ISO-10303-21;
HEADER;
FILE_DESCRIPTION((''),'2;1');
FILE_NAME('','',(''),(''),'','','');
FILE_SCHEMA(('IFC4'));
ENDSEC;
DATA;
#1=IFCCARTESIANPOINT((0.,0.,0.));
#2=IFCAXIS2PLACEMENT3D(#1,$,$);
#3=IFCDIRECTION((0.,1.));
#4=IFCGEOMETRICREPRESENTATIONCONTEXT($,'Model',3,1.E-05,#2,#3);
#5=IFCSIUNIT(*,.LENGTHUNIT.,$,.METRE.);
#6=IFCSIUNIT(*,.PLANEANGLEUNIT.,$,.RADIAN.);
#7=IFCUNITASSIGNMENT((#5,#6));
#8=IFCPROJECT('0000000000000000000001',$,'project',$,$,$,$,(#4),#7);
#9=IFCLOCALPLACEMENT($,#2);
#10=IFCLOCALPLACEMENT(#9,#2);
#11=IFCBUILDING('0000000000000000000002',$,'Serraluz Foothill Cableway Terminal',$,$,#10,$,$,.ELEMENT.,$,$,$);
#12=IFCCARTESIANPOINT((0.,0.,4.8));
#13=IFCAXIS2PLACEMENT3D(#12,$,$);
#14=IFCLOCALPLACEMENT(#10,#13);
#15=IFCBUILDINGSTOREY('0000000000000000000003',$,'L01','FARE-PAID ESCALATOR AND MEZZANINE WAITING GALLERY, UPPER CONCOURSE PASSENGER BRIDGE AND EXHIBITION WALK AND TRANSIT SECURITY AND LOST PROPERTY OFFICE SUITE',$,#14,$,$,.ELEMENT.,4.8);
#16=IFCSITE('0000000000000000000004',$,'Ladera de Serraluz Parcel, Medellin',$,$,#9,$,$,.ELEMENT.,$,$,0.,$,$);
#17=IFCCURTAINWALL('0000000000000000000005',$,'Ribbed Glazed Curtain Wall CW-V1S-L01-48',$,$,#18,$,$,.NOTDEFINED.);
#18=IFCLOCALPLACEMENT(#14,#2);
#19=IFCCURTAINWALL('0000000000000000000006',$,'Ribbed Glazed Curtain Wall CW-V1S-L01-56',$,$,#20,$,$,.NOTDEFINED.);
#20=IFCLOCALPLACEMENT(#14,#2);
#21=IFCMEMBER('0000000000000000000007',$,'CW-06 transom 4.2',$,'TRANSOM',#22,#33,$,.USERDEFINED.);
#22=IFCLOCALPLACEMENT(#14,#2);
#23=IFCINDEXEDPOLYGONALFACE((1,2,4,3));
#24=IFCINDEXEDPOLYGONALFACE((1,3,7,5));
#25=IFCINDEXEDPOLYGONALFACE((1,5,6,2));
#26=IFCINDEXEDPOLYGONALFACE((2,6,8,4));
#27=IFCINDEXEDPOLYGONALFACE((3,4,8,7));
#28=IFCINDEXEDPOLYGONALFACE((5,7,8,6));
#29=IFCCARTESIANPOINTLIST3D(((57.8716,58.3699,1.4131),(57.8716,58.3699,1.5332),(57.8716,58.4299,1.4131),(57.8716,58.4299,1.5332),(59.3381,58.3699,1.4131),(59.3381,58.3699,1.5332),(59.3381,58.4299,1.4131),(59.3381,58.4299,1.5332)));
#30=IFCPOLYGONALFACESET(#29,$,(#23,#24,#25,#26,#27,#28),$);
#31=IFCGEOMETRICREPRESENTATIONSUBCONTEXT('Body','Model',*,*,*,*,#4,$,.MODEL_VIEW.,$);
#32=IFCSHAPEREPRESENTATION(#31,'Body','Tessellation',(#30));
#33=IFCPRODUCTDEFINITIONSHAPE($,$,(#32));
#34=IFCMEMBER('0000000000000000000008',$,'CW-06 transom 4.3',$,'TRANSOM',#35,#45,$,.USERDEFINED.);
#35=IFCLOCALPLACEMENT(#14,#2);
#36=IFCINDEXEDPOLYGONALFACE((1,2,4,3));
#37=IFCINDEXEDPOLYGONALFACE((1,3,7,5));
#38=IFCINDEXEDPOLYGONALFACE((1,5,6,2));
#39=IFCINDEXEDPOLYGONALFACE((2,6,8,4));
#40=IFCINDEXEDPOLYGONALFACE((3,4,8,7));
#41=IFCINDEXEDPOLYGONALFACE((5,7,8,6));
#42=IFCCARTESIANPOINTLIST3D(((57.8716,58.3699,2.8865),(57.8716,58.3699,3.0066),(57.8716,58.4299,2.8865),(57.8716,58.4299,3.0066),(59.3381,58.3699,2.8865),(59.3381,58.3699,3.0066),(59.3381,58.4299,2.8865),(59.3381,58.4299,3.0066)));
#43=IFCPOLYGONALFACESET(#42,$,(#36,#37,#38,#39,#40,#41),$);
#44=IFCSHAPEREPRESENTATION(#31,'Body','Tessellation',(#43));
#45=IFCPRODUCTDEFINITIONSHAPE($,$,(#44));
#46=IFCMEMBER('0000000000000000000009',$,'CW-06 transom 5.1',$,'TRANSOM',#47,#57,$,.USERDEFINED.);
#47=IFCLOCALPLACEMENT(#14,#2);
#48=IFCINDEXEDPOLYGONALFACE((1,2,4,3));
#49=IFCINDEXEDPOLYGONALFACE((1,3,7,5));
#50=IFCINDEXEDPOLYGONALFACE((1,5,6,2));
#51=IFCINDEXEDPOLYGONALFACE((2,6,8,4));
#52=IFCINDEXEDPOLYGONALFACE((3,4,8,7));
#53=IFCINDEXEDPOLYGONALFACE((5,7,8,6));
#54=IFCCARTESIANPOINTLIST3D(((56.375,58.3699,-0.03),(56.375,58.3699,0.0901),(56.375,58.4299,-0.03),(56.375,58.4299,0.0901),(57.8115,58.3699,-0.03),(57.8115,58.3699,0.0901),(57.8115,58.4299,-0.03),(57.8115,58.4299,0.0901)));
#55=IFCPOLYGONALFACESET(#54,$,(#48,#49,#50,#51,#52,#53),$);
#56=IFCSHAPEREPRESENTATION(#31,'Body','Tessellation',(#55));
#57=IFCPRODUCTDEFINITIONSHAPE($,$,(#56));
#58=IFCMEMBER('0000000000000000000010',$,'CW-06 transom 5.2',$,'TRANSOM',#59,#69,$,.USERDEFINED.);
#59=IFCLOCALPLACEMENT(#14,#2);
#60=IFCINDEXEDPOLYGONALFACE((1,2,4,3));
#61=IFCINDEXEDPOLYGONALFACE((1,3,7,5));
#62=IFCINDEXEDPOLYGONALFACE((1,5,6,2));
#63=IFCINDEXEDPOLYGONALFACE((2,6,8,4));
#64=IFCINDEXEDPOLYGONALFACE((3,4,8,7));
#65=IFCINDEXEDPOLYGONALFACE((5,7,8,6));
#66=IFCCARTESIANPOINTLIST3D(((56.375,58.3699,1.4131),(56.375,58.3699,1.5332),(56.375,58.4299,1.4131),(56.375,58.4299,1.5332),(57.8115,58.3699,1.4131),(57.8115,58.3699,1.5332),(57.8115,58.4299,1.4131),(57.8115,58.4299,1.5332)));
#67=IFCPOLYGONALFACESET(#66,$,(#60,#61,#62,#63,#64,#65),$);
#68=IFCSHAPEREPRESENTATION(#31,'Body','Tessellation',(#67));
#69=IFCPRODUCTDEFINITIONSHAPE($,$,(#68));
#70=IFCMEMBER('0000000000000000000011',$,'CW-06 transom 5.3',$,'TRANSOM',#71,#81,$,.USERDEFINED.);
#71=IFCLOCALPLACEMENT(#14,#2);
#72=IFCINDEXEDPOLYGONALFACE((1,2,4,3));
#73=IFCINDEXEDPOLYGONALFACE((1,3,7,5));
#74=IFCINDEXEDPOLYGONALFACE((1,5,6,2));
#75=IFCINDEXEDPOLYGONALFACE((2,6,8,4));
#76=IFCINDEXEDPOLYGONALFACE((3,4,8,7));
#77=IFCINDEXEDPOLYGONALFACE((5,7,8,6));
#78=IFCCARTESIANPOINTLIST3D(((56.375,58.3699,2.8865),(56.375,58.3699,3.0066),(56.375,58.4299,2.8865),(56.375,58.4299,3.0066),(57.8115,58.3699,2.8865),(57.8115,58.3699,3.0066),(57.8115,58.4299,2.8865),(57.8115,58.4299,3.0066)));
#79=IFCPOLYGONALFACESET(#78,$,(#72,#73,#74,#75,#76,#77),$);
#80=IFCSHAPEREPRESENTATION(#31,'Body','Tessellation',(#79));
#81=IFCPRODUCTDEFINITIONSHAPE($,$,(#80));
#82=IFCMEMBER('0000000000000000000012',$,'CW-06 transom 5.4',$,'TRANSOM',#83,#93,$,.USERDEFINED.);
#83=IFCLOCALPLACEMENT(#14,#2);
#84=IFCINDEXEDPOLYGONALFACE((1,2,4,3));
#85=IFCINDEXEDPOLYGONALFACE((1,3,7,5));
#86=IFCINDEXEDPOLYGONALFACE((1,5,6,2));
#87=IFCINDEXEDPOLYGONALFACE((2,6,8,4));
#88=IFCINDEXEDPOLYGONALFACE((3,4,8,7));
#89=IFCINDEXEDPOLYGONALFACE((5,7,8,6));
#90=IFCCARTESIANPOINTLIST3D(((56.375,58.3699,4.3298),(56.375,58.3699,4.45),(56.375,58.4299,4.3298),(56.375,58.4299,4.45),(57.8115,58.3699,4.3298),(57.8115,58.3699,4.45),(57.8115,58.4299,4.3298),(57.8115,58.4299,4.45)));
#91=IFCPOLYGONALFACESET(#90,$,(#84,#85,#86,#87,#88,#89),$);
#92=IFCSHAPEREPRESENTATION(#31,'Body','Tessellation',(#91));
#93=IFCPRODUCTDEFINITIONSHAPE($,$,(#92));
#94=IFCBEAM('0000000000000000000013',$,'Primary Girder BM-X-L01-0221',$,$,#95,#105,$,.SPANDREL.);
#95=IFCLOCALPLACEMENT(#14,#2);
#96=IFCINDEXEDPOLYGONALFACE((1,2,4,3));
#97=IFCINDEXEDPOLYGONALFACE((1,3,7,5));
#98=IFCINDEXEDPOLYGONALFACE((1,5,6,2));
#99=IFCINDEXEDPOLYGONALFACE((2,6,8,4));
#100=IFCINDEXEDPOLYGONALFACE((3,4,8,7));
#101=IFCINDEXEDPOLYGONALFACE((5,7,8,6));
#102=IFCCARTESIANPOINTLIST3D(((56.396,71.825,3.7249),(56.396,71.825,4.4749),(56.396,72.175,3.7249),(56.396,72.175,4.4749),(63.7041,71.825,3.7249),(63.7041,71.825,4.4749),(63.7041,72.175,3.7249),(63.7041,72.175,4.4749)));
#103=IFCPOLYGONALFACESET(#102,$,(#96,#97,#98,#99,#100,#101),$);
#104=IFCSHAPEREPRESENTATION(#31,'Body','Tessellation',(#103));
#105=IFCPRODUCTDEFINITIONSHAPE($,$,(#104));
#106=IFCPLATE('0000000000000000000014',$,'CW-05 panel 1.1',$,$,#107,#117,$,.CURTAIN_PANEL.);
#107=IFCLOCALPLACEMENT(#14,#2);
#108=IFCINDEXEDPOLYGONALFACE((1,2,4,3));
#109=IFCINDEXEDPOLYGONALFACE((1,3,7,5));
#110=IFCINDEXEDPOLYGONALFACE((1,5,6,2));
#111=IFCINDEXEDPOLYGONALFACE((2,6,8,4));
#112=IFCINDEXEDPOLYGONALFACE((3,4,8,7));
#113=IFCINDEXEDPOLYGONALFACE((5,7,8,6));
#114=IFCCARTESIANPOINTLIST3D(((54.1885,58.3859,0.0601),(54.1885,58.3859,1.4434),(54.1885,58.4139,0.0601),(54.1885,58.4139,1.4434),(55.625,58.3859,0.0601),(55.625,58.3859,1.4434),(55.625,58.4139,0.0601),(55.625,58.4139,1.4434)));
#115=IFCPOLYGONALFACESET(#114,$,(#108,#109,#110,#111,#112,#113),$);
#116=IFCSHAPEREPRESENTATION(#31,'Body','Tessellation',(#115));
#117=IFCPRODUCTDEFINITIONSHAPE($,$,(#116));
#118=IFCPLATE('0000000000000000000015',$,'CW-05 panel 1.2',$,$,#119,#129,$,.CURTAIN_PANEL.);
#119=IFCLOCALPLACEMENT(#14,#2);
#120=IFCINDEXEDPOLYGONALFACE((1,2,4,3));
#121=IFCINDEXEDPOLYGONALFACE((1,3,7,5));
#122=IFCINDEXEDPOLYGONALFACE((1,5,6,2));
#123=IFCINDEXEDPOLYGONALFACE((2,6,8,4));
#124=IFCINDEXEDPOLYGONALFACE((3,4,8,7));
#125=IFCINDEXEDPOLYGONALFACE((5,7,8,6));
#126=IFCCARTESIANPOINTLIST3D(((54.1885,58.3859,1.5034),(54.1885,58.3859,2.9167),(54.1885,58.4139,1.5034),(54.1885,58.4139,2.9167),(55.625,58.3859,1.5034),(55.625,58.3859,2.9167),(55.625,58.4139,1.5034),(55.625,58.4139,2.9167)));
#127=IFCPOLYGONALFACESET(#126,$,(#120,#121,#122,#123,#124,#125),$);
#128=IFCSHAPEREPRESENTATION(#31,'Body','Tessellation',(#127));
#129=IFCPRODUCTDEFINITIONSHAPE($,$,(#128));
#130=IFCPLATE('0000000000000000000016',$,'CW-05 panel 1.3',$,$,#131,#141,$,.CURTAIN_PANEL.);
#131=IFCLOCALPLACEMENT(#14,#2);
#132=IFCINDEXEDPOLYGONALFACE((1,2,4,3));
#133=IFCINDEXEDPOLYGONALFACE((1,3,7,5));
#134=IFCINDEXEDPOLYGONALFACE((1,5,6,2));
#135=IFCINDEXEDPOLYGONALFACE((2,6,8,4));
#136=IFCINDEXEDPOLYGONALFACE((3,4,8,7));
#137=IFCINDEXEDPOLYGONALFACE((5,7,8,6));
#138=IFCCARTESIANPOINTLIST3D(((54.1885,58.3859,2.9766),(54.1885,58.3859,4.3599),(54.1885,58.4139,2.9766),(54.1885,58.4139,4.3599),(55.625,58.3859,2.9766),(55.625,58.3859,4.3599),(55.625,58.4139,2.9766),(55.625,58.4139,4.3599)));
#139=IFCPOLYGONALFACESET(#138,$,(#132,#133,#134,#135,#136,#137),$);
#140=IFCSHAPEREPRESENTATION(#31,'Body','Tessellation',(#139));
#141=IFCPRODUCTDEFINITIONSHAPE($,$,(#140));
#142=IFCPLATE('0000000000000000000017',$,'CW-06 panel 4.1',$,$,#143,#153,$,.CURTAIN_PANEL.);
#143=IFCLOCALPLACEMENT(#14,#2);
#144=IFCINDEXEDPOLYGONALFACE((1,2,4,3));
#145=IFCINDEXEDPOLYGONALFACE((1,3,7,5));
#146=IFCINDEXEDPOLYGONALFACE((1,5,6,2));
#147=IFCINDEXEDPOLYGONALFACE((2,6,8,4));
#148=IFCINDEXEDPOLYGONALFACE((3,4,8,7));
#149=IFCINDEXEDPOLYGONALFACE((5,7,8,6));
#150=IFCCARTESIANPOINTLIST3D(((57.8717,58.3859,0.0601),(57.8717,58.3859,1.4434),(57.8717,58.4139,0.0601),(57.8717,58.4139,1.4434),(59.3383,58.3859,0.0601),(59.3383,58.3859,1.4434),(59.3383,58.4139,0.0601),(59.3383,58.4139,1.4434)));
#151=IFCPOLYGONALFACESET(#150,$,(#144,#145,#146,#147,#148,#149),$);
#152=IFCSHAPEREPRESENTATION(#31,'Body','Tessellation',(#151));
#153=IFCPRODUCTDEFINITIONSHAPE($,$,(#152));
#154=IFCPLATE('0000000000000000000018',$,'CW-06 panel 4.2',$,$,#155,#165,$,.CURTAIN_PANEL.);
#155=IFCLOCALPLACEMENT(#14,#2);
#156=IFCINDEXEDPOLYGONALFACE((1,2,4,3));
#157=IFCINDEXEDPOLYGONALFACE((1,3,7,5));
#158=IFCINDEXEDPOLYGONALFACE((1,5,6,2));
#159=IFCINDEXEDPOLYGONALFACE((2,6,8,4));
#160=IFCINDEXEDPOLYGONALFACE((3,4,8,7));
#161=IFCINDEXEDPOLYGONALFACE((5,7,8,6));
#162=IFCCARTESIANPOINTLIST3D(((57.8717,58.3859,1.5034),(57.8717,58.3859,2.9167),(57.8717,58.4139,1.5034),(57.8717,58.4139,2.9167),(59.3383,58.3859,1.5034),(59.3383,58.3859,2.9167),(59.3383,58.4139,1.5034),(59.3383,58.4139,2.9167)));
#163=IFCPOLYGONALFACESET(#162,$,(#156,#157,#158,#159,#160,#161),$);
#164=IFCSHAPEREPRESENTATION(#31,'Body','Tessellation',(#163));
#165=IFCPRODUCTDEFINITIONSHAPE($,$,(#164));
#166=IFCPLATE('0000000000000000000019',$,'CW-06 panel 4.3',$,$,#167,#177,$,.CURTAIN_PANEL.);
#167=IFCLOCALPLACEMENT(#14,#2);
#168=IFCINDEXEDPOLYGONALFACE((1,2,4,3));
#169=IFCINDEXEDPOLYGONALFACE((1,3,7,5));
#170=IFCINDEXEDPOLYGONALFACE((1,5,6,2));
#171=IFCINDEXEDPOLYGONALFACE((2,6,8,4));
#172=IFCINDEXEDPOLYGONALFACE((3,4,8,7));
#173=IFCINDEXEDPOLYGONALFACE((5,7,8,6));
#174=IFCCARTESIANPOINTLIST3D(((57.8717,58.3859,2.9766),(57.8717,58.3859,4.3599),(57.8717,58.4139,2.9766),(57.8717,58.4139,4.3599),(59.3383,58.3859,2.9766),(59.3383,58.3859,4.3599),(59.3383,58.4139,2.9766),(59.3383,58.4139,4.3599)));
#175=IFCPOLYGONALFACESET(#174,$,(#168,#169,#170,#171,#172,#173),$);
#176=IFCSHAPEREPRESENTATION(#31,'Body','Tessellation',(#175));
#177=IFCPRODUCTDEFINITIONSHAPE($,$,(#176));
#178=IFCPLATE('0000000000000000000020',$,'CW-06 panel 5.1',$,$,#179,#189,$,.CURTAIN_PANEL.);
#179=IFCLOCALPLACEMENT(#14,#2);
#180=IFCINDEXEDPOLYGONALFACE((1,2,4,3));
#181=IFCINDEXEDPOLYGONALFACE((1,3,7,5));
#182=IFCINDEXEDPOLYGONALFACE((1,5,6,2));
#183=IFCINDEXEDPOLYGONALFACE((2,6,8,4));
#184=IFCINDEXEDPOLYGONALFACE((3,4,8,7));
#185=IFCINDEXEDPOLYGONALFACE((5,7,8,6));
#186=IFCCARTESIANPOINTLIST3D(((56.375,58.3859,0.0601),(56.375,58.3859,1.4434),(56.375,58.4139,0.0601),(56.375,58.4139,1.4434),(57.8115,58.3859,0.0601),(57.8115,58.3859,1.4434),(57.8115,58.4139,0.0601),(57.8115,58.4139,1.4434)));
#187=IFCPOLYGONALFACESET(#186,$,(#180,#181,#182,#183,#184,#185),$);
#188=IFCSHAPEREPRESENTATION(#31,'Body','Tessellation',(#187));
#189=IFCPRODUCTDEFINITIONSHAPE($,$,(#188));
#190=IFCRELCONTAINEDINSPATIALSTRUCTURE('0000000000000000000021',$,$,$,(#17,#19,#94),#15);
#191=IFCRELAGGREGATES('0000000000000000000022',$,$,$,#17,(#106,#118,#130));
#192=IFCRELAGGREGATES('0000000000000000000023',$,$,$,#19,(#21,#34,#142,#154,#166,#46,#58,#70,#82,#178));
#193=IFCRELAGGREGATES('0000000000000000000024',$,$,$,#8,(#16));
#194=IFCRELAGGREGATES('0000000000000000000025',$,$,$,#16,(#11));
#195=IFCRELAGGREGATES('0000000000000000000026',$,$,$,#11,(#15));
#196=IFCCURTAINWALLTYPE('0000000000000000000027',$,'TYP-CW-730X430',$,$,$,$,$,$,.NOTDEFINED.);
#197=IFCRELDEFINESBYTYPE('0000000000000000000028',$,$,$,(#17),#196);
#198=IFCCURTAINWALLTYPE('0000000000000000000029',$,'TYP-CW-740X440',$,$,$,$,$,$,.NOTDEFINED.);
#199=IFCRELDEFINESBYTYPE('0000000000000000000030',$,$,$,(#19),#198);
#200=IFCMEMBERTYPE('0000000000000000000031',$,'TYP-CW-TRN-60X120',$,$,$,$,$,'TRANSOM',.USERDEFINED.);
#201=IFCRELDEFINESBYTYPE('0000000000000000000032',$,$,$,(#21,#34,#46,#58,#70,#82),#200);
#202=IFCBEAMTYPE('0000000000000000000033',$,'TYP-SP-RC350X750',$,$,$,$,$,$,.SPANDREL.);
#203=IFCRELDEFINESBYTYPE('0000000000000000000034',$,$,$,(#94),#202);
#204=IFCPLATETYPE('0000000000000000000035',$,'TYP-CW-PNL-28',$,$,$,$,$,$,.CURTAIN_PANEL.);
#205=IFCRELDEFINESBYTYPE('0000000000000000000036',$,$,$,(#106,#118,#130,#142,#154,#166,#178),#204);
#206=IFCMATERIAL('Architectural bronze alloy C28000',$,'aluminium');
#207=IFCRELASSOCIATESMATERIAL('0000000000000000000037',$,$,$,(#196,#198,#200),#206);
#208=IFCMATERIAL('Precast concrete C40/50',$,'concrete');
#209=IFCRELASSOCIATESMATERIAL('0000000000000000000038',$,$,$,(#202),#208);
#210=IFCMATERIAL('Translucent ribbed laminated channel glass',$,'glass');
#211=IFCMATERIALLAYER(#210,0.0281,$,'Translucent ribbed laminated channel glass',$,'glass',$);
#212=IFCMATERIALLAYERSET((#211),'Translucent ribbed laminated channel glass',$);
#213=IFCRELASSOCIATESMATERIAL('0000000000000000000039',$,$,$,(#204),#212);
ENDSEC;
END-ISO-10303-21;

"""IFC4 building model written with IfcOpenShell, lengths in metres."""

from ifc_helpers import new_model, si_unit, direction, frame, origin, origin_2d, place, context, subcontext, project, spatial, rectangle, extrude, material, layer, layer_set, material_profile, profile_set, type_object, element, aggregate, save


model = new_model("IFC4")

# Units and contexts
model_context = context("Model", 3, precision=1e-05, world=origin(), true_north=direction((0.0, 1.0)))
body_context = subcontext(model_context, "Body", "Model", "MODEL_VIEW")
ifc_project = project(units=[si_unit("LENGTHUNIT", "METRE"), si_unit("PLANEANGLEUNIT", "RADIAN")], contexts=[model_context])

# Site, building, storey
site_placement = place(None, origin())
site = spatial("IfcSite", under=ifc_project, at=site_placement, Name="Ladera de Serraluz Parcel, Medellin", CompositionType="ELEMENT", RefElevation=0.0)
building_placement = place(site_placement, origin())
building = spatial("IfcBuilding", under=site, at=building_placement, Name="Serraluz Foothill Cableway Terminal", CompositionType="ELEMENT")
storey_placement = place(building_placement, frame((0.0, 0.0, 4.8)))
storey = spatial("IfcBuildingStorey", under=building, at=storey_placement, Name="L01", Description="FARE-PAID ESCALATOR AND MEZZANINE WAITING GALLERY, UPPER CONCOURSE PASSENGER BRIDGE AND EXHIBITION WALK AND TRANSIT SECURITY AND LOST PROPERTY OFFICE SUITE", CompositionType="ELEMENT", Elevation=4.8)

# Curtain walls
ifc_material_1 = material(Name="Architectural bronze alloy C28000", Category="aluminium")
curtain_wall_type_1 = type_object("IfcCurtainWallType", Name="TYP-CW-730X430", PredefinedType="NOTDEFINED", material=ifc_material_1)
curtain_wall_1_placement = place(storey_placement, origin())
curtain_wall_1 = element("IfcCurtainWall", 1, at=curtain_wall_1_placement, inside=storey, type_object=curtain_wall_type_1, Name="Ribbed Glazed Curtain Wall CW-V1S-L01-48", PredefinedType="NOTDEFINED")
curtain_wall_type_2 = type_object("IfcCurtainWallType", Name="TYP-CW-740X440", PredefinedType="NOTDEFINED", material=ifc_material_1)
curtain_wall_2_placement = place(storey_placement, origin())
curtain_wall_2 = element("IfcCurtainWall", 2, at=curtain_wall_2_placement, inside=storey, type_object=curtain_wall_type_2, Name="Ribbed Glazed Curtain Wall CW-V1S-L01-56", PredefinedType="NOTDEFINED")

# Members
ifc_material_profile_1 = material_profile(ifc_material_1, rectangle(XDim=0.0601, YDim=0.1201, at=origin_2d()), Name="ALU TRANSOM 60x120")
ifc_profile_set_1 = profile_set([ifc_material_profile_1], Name="Architectural bronze alloy C28000")
member_type_1 = type_object("IfcMemberType", Name="TYP-CW-TRN-60X120", ElementType="TRANSOM", PredefinedType="USERDEFINED", material=ifc_profile_set_1)
member_1_placement = place(storey_placement, frame((59.3381, 58.3999, 1.4731), z_axis=(-1.0, 0.0, 0.0), x_axis=(0.0, -1.0, 0.0)))
member_1 = element("IfcMember", 3, at=member_1_placement, type_object=member_type_1, Name="CW-06 transom 4.2", ObjectType="TRANSOM", PredefinedType="USERDEFINED", context=body_context, shape_type="SweptSolid", body=[
    extrude(rectangle(XDim=0.0601, YDim=0.1201, at=origin_2d()), origin(), (0.0, 0.0, 1.0), 1.4666),
])
member_2_placement = place(storey_placement, frame((59.3381, 58.3999, 2.9465), z_axis=(-1.0, 0.0, 0.0), x_axis=(0.0, -1.0, 0.0)))
member_2 = element("IfcMember", 4, at=member_2_placement, type_object=member_type_1, Name="CW-06 transom 4.3", ObjectType="TRANSOM", PredefinedType="USERDEFINED", context=body_context, shape_type="SweptSolid", body=[
    extrude(rectangle(XDim=0.0601, YDim=0.1201, at=origin_2d()), origin(), (0.0, 0.0, 1.0), 1.4666),
])
member_3_placement = place(storey_placement, frame((57.8115, 58.3999, 0.03), z_axis=(-1.0, 0.0, 0.0), x_axis=(0.0, -1.0, 0.0)))
member_3 = element("IfcMember", 5, at=member_3_placement, type_object=member_type_1, Name="CW-06 transom 5.1", ObjectType="TRANSOM", PredefinedType="USERDEFINED", context=body_context, shape_type="SweptSolid", body=[
    extrude(rectangle(XDim=0.0601, YDim=0.1201, at=origin_2d()), origin(), (0.0, 0.0, 1.0), 1.4365),
])
member_4_placement = place(storey_placement, frame((57.8115, 58.3999, 1.4731), z_axis=(-1.0, 0.0, 0.0), x_axis=(0.0, -1.0, 0.0)))
member_4 = element("IfcMember", 6, at=member_4_placement, type_object=member_type_1, Name="CW-06 transom 5.2", ObjectType="TRANSOM", PredefinedType="USERDEFINED", context=body_context, shape_type="SweptSolid", body=[
    extrude(rectangle(XDim=0.0601, YDim=0.1201, at=origin_2d()), origin(), (0.0, 0.0, 1.0), 1.4365),
])
member_5_placement = place(storey_placement, frame((57.8115, 58.3999, 2.9465), z_axis=(-1.0, 0.0, 0.0), x_axis=(0.0, -1.0, 0.0)))
member_5 = element("IfcMember", 7, at=member_5_placement, type_object=member_type_1, Name="CW-06 transom 5.3", ObjectType="TRANSOM", PredefinedType="USERDEFINED", context=body_context, shape_type="SweptSolid", body=[
    extrude(rectangle(XDim=0.0601, YDim=0.1201, at=origin_2d()), origin(), (0.0, 0.0, 1.0), 1.4365),
])
member_6_placement = place(storey_placement, frame((57.8115, 58.3999, 4.3899), z_axis=(-1.0, 0.0, 0.0), x_axis=(0.0, -1.0, 0.0)))
member_6 = element("IfcMember", 8, at=member_6_placement, type_object=member_type_1, Name="CW-06 transom 5.4", ObjectType="TRANSOM", PredefinedType="USERDEFINED", context=body_context, shape_type="SweptSolid", body=[
    extrude(rectangle(XDim=0.0601, YDim=0.1201, at=origin_2d()), origin(), (0.0, 0.0, 1.0), 1.4365),
])

# Beam
ifc_material_2 = material(Name="Precast concrete C40/50", Category="concrete")
ifc_material_profile_2 = material_profile(ifc_material_2, rectangle(XDim=0.3501, YDim=0.75, at=origin_2d()), Name="RC SP 350x750")
ifc_profile_set_2 = profile_set([ifc_material_profile_2], Name="Precast concrete C40/50")
beam_type = type_object("IfcBeamType", Name="TYP-SP-RC350X750", PredefinedType="SPANDREL", material=ifc_profile_set_2)
beam_placement = place(storey_placement, frame((56.396, 72.0, 4.0999), z_axis=(1.0, 0.0, 0.0), x_axis=(0.0, 1.0, 0.0)))
element("IfcBeam", 9, at=beam_placement, inside=storey, type_object=beam_type, Name="Primary Girder BM-X-L01-0221", PredefinedType="SPANDREL", context=body_context, shape_type="SweptSolid", body=[
    extrude(rectangle(XDim=0.3501, YDim=0.75, at=origin_2d()), origin(), (0.0, 0.0, 1.0), 7.3081),
])

# Plates
ifc_material_3 = material(Name="Translucent ribbed laminated channel glass", Category="glass")
ifc_layer_1 = layer(ifc_material_3, 0.0281, Name="Translucent ribbed laminated channel glass", Category="glass")
ifc_layer_set_1 = layer_set([ifc_layer_1], Name="Translucent ribbed laminated channel glass")
plate_type = type_object("IfcPlateType", Name="TYP-CW-PNL-28", PredefinedType="CURTAIN_PANEL", material=ifc_layer_set_1)
plate_1_placement = place(storey_placement, frame((54.9067, 58.3999, 0.0601), z_axis=(0.0, 0.0, 1.0), x_axis=(-1.0, 0.0, 0.0)))
plate_1 = element("IfcPlate", 10, at=plate_1_placement, type_object=plate_type, Name="CW-05 panel 1.1", PredefinedType="CURTAIN_PANEL", context=body_context, shape_type="SweptSolid", body=[
    extrude(rectangle(XDim=1.4365, YDim=0.0281, at=origin_2d()), origin(), (0.0, 0.0, 1.0), 1.3833),
])
plate_2_placement = place(storey_placement, frame((54.9067, 58.3999, 1.5034), z_axis=(0.0, 0.0, 1.0), x_axis=(-1.0, 0.0, 0.0)))
plate_2 = element("IfcPlate", 11, at=plate_2_placement, type_object=plate_type, Name="CW-05 panel 1.2", PredefinedType="CURTAIN_PANEL", context=body_context, shape_type="SweptSolid", body=[
    extrude(rectangle(XDim=1.4365, YDim=0.0281, at=origin_2d()), origin(), (0.0, 0.0, 1.0), 1.4133),
])
plate_3_placement = place(storey_placement, frame((54.9067, 58.3999, 2.9766), z_axis=(0.0, 0.0, 1.0), x_axis=(-1.0, 0.0, 0.0)))
plate_3 = element("IfcPlate", 12, at=plate_3_placement, type_object=plate_type, Name="CW-05 panel 1.3", PredefinedType="CURTAIN_PANEL", context=body_context, shape_type="SweptSolid", body=[
    extrude(rectangle(XDim=1.4365, YDim=0.0281, at=origin_2d()), origin(), (0.0, 0.0, 1.0), 1.3833),
])
aggregate(curtain_wall_1, [plate_1, plate_2, plate_3])
plate_4_placement = place(storey_placement, frame((58.605, 58.3999, 0.0601), z_axis=(0.0, 0.0, 1.0), x_axis=(-1.0, 0.0, 0.0)))
plate_4 = element("IfcPlate", 13, at=plate_4_placement, type_object=plate_type, Name="CW-06 panel 4.1", PredefinedType="CURTAIN_PANEL", context=body_context, shape_type="SweptSolid", body=[
    extrude(rectangle(XDim=1.4666, YDim=0.0281, at=origin_2d()), origin(), (0.0, 0.0, 1.0), 1.3833),
])
plate_5_placement = place(storey_placement, frame((58.605, 58.3999, 1.5034), z_axis=(0.0, 0.0, 1.0), x_axis=(-1.0, 0.0, 0.0)))
plate_5 = element("IfcPlate", 14, at=plate_5_placement, type_object=plate_type, Name="CW-06 panel 4.2", PredefinedType="CURTAIN_PANEL", context=body_context, shape_type="SweptSolid", body=[
    extrude(rectangle(XDim=1.4666, YDim=0.0281, at=origin_2d()), origin(), (0.0, 0.0, 1.0), 1.4133),
])
plate_6_placement = place(storey_placement, frame((58.605, 58.3999, 2.9766), z_axis=(0.0, 0.0, 1.0), x_axis=(-1.0, 0.0, 0.0)))
plate_6 = element("IfcPlate", 15, at=plate_6_placement, type_object=plate_type, Name="CW-06 panel 4.3", PredefinedType="CURTAIN_PANEL", context=body_context, shape_type="SweptSolid", body=[
    extrude(rectangle(XDim=1.4666, YDim=0.0281, at=origin_2d()), origin(), (0.0, 0.0, 1.0), 1.3833),
])
plate_7_placement = place(storey_placement, frame((57.0933, 58.3999, 0.0601), z_axis=(0.0, 0.0, 1.0), x_axis=(-1.0, 0.0, 0.0)))
plate_7 = element("IfcPlate", 16, at=plate_7_placement, type_object=plate_type, Name="CW-06 panel 5.1", PredefinedType="CURTAIN_PANEL", context=body_context, shape_type="SweptSolid", body=[
    extrude(rectangle(XDim=1.4365, YDim=0.0281, at=origin_2d()), origin(), (0.0, 0.0, 1.0), 1.3833),
])
aggregate(curtain_wall_2, [member_1, member_2, plate_4, plate_5, plate_6, member_3, member_4, member_5, member_6, plate_7])

save(model, "model.ifc")
